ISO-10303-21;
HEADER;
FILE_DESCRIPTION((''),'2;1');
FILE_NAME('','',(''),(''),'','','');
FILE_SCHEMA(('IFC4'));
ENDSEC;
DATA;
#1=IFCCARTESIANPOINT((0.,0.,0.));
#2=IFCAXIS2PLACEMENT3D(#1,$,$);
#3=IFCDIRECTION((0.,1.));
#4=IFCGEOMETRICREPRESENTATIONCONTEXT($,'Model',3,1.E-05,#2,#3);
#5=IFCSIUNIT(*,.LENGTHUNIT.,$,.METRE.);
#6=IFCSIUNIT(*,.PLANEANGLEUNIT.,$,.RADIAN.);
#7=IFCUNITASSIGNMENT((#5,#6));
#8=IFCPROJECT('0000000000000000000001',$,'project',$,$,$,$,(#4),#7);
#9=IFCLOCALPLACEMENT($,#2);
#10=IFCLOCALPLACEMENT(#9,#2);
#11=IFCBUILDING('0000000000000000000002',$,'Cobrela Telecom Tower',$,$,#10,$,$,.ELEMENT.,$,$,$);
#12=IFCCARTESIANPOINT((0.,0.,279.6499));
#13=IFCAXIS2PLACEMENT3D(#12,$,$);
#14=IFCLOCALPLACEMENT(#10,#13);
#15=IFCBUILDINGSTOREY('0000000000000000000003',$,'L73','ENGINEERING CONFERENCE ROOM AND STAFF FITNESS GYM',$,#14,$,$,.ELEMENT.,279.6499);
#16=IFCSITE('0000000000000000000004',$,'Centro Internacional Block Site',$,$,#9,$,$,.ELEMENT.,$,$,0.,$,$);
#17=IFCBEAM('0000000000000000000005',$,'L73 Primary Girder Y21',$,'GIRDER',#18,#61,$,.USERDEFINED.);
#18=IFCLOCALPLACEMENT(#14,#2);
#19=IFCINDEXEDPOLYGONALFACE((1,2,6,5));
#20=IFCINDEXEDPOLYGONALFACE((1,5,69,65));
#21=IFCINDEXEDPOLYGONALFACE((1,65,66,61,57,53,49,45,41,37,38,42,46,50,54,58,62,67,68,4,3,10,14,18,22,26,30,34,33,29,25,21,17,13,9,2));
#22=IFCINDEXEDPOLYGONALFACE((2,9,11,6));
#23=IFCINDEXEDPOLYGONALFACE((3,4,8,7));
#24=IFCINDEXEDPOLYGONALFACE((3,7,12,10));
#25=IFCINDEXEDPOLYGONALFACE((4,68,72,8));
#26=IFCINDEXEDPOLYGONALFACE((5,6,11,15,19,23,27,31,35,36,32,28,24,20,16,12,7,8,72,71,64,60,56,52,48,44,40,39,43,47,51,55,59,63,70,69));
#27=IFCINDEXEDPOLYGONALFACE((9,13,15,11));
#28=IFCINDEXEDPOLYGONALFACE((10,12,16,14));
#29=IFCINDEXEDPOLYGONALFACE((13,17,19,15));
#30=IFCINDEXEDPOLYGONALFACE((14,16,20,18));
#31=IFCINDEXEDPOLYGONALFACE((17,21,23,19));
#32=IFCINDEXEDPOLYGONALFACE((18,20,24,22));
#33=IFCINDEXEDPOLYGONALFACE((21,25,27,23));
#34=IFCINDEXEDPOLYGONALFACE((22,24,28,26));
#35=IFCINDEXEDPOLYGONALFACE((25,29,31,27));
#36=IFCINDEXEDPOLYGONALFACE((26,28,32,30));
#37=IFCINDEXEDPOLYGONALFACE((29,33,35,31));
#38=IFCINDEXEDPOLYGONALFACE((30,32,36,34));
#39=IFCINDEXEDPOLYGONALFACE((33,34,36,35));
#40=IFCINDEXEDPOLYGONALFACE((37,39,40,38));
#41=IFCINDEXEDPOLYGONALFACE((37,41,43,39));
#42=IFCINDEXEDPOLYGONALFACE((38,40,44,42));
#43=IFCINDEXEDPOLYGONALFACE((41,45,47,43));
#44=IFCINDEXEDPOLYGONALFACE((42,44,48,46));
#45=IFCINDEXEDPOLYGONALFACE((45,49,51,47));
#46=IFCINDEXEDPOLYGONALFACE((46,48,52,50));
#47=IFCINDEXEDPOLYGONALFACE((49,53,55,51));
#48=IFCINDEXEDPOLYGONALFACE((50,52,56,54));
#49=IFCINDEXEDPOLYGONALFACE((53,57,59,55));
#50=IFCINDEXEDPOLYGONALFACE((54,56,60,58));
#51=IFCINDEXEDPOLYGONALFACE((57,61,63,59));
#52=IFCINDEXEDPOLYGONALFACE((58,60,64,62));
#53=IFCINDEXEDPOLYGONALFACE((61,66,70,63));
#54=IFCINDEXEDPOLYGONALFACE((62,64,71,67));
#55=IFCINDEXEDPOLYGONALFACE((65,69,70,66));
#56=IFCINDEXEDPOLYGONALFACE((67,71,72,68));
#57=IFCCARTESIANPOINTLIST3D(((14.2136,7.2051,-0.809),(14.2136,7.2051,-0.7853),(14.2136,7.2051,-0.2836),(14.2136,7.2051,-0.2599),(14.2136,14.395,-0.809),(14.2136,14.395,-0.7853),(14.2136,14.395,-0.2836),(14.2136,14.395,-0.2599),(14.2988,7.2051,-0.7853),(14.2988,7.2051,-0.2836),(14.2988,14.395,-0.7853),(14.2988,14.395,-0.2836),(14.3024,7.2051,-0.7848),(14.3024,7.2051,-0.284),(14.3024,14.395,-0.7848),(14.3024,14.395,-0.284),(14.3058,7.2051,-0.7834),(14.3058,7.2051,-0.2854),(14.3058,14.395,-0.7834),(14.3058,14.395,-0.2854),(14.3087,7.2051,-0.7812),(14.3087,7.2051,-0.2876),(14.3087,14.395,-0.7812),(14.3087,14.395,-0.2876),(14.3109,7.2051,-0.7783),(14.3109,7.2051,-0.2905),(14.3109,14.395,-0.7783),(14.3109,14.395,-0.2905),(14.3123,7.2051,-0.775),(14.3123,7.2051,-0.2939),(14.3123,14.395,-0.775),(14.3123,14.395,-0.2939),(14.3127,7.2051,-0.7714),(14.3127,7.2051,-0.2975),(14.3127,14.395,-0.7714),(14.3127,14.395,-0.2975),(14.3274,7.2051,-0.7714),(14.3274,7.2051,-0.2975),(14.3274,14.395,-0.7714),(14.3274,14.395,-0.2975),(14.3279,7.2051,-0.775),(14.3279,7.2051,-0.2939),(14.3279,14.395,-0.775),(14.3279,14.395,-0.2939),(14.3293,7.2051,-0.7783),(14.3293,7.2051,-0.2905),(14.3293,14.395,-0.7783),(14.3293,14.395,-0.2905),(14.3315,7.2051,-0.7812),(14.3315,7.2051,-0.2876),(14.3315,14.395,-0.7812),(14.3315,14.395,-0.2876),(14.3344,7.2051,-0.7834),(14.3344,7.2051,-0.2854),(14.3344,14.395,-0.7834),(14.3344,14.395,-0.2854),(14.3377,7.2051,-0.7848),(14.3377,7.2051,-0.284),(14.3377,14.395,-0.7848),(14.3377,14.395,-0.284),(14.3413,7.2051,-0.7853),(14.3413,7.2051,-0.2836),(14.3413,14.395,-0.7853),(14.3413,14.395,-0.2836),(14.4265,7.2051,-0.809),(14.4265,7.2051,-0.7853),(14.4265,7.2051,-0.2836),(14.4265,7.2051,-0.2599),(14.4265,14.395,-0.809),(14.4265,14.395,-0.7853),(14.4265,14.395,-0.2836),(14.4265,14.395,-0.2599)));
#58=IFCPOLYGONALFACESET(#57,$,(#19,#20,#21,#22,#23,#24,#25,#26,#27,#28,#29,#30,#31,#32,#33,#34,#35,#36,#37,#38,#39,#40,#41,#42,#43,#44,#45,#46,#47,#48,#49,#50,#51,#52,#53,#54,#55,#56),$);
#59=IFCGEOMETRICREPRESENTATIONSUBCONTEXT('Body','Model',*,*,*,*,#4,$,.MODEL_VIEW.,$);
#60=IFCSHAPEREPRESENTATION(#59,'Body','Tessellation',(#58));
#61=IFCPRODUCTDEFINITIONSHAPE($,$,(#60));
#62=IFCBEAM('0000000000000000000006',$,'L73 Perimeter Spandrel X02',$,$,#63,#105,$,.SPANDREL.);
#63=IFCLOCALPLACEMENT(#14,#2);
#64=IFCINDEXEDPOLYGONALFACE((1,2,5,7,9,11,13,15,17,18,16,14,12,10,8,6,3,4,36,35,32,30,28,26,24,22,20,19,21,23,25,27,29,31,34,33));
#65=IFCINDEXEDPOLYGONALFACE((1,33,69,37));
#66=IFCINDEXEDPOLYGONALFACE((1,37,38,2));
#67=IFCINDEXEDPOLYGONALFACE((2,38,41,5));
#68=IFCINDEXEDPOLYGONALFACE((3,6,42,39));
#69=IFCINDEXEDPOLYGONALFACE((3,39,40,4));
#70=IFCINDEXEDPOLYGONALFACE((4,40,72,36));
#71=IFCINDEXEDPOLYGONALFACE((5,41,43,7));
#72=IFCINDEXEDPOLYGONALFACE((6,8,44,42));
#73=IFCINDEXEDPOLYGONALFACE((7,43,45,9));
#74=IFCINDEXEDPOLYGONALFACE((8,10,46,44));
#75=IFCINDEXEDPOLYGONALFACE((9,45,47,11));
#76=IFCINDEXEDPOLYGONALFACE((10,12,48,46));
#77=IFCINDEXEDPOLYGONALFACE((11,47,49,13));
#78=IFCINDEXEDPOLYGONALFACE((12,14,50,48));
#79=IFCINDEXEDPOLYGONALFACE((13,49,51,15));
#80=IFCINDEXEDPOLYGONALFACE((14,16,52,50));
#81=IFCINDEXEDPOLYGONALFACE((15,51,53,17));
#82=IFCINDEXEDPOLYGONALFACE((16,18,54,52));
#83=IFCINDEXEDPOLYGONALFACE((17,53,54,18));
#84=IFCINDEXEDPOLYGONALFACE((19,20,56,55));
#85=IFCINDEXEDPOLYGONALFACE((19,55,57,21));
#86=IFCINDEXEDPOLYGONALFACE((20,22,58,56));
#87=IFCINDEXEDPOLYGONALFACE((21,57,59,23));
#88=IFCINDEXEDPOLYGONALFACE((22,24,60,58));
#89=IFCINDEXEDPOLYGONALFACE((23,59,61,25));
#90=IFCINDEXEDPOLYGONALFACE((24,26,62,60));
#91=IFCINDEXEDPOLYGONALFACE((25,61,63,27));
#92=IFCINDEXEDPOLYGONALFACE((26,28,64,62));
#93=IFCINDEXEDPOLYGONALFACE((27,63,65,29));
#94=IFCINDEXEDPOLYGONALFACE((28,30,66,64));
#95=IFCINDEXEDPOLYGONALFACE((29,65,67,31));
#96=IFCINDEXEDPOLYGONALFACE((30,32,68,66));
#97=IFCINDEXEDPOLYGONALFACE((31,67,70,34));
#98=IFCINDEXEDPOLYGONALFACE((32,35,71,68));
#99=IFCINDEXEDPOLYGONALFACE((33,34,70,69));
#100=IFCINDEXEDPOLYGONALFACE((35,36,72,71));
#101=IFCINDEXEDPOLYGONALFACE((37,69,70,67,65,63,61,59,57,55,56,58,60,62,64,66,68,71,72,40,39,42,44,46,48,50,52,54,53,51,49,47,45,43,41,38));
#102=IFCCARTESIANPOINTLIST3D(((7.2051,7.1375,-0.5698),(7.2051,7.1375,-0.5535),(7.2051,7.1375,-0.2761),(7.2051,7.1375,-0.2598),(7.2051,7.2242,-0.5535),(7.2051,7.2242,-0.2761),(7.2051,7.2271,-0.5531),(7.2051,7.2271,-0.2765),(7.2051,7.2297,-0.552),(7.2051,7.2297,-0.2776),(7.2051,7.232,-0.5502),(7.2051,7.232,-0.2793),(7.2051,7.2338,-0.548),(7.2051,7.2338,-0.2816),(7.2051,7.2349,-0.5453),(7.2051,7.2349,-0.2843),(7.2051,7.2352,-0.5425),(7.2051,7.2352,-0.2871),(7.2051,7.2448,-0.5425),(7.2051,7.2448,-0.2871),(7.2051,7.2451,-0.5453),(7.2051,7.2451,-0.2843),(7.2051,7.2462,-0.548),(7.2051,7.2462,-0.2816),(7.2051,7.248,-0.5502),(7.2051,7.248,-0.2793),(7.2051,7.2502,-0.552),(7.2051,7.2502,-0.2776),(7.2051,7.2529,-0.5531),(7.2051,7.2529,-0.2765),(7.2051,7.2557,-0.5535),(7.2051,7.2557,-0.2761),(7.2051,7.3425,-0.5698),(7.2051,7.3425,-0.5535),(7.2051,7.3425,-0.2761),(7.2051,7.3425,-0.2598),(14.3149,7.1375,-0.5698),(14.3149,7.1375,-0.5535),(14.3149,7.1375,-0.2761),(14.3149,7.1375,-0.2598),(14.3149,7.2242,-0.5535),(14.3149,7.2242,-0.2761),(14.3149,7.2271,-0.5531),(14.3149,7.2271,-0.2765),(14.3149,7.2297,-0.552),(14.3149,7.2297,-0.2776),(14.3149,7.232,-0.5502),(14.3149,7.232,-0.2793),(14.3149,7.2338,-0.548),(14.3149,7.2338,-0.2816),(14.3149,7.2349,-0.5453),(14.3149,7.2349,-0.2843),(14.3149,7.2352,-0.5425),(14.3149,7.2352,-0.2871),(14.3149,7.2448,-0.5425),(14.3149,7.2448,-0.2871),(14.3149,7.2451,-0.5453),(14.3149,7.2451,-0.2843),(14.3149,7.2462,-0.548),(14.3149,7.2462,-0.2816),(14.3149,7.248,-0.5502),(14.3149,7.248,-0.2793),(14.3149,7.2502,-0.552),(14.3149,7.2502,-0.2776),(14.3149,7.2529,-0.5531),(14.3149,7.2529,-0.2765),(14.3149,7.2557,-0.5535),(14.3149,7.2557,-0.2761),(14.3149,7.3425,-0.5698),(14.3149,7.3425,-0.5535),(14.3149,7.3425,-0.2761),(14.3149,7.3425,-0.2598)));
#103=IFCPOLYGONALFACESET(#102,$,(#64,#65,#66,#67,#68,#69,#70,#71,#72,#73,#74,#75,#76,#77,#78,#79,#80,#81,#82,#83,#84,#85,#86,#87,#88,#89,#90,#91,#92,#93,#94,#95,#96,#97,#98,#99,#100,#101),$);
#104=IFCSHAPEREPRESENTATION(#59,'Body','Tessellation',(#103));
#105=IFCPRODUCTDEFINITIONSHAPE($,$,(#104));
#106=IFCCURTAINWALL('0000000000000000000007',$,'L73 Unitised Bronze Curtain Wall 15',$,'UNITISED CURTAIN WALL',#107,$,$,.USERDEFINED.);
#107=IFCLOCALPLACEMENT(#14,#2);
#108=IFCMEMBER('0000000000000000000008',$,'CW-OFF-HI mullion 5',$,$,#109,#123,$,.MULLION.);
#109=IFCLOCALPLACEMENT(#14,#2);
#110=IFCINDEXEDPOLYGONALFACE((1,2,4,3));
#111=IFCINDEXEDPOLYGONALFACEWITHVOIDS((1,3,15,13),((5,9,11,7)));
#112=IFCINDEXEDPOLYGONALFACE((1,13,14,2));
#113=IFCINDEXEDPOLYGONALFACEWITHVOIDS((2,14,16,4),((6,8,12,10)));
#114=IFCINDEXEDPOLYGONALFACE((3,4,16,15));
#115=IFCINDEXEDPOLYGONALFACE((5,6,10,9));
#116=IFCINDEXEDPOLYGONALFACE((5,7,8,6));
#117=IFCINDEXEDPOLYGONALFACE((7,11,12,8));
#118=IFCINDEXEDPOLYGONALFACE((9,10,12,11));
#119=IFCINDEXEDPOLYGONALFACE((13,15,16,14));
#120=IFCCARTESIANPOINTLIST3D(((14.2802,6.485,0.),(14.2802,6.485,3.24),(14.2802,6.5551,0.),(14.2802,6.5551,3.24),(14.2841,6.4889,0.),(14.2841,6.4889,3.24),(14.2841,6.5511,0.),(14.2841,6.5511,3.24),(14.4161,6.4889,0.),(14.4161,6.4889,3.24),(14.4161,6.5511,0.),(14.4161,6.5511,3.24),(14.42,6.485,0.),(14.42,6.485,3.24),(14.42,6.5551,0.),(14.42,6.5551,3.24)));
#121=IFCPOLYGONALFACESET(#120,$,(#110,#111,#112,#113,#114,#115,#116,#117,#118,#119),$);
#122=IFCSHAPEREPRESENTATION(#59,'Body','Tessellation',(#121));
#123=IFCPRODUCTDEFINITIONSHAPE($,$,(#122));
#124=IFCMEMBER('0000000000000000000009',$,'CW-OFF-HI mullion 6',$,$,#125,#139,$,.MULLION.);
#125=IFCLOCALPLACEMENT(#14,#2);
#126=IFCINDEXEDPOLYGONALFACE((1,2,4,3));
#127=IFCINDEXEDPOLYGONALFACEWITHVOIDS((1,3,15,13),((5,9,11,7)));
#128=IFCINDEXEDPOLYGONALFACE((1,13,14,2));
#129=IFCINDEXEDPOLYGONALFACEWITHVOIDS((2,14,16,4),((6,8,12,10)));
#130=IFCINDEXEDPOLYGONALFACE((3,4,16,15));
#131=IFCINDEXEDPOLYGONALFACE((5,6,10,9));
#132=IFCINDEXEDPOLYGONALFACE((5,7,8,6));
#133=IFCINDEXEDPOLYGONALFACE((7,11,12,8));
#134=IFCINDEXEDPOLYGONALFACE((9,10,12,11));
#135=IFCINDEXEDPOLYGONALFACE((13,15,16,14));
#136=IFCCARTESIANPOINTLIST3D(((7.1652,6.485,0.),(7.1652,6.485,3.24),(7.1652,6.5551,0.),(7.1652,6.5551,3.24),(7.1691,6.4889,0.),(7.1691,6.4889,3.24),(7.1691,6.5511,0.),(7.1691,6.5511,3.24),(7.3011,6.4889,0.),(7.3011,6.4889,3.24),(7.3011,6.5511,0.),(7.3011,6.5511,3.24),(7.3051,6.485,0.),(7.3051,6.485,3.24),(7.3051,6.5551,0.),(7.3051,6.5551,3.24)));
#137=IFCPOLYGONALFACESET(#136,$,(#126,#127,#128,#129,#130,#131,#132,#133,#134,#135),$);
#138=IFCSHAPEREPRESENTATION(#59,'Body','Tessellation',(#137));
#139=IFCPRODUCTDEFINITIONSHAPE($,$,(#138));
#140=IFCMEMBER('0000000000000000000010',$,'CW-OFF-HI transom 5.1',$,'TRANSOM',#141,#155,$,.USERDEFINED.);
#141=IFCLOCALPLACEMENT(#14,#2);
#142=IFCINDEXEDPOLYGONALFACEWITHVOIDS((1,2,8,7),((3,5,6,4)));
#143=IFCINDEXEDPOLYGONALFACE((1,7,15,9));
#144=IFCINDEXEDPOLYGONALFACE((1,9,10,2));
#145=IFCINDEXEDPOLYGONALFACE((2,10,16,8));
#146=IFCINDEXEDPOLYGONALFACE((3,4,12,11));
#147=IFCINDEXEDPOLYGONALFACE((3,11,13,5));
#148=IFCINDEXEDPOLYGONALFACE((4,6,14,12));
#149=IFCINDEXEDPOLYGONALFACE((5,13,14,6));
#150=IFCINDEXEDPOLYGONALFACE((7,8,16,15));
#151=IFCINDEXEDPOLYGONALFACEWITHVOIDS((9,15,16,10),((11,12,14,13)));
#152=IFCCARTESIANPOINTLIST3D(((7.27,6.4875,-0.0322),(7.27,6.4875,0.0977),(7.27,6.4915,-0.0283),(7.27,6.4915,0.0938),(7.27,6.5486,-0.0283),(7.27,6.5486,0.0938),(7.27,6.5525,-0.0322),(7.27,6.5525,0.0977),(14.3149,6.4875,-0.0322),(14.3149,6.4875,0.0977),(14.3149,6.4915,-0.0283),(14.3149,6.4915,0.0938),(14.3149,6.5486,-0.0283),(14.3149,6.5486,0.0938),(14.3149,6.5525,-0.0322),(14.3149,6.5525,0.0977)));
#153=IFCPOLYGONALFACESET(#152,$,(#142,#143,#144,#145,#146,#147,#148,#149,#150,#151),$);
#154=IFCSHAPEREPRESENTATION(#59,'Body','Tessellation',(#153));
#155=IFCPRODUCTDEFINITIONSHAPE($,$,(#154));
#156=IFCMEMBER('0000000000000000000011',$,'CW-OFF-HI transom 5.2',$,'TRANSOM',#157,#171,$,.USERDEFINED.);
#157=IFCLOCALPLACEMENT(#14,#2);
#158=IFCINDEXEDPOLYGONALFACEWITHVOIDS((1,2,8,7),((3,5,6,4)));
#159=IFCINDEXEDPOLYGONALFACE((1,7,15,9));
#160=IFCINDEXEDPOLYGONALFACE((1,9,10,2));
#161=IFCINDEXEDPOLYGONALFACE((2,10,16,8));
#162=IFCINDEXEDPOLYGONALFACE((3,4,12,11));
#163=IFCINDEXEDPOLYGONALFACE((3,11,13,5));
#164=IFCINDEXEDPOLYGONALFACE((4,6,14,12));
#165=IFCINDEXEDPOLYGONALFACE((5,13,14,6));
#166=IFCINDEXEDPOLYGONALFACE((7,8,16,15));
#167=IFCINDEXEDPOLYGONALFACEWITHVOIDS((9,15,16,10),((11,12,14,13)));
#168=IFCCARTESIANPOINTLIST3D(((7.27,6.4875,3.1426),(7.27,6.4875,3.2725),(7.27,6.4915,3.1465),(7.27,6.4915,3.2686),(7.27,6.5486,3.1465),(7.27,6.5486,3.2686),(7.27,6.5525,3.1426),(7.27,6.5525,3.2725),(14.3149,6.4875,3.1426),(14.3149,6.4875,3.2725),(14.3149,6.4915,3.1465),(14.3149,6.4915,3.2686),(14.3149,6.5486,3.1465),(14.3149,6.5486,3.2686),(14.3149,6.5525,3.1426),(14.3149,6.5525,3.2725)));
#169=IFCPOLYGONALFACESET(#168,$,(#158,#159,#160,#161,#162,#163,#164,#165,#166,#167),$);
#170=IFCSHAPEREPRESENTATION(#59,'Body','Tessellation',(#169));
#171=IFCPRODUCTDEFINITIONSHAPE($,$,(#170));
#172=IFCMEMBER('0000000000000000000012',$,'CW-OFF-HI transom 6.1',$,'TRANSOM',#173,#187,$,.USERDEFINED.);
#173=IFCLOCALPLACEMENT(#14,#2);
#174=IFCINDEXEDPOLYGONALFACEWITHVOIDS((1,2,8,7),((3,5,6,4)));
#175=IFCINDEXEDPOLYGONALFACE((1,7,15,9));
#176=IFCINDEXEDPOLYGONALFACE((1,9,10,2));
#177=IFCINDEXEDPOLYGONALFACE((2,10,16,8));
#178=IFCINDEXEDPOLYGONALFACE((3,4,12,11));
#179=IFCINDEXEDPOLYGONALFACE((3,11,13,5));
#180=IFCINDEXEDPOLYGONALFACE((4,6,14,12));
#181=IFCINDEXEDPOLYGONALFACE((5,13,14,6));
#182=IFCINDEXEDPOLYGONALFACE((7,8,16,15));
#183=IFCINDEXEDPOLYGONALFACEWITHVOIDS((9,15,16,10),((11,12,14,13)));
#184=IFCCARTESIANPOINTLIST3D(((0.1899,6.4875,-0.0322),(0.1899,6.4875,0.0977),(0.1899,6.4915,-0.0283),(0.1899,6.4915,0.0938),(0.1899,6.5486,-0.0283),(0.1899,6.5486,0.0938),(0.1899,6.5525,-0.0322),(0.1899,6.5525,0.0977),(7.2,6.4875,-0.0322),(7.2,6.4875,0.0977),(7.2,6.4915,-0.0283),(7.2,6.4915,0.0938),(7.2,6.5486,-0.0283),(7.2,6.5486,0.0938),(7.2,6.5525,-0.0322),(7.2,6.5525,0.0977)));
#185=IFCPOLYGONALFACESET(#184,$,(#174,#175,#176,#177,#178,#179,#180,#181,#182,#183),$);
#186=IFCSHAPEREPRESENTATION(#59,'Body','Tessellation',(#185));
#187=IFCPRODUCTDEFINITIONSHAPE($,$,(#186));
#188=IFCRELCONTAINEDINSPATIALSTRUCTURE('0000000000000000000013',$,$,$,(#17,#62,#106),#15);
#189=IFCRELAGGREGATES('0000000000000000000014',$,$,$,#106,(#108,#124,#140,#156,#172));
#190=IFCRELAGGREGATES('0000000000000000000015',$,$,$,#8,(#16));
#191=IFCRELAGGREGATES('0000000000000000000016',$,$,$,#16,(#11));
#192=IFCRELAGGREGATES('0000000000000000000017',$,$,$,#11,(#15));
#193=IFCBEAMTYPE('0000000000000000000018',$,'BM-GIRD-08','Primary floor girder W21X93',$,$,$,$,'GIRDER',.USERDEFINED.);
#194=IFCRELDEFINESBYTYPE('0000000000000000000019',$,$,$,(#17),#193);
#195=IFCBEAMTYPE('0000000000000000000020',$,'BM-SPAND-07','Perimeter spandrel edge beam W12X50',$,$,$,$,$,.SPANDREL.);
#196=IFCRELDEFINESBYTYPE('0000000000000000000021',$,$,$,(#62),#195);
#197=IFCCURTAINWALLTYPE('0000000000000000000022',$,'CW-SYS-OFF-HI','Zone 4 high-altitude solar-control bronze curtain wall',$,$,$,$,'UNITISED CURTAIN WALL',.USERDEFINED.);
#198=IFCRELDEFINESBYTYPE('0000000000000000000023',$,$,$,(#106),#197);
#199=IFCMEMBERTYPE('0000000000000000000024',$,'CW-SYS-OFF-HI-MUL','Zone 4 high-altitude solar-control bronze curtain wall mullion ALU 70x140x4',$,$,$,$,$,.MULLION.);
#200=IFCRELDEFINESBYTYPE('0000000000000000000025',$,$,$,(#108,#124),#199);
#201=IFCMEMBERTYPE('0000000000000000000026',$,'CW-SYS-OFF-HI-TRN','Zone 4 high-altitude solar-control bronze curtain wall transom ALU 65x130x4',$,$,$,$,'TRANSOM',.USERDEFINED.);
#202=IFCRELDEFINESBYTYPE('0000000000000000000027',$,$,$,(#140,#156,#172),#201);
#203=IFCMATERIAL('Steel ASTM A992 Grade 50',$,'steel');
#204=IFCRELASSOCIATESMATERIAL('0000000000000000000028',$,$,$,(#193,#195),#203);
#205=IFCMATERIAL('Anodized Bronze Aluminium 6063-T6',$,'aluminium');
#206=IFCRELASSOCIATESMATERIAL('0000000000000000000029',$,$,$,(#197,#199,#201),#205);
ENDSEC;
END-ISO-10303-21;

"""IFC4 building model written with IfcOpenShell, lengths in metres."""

from ifc_helpers import new_model, si_unit, direction, frame, origin, origin_2d, place, context, subcontext, project, spatial, hollow_rectangle, i_section, extrude, material, material_profile, profile_set, type_object, element, aggregate, save


model = new_model("IFC4")

# Units and contexts
model_context = context("Model", 3, precision=1e-05, world=origin(), true_north=direction((0.0, 1.0)))
body_context = subcontext(model_context, "Body", "Model", "MODEL_VIEW")
ifc_project = project(units=[si_unit("LENGTHUNIT", "METRE"), si_unit("PLANEANGLEUNIT", "RADIAN")], contexts=[model_context])

# Site, building, storey
site_placement = place(None, origin())
site = spatial("IfcSite", under=ifc_project, at=site_placement, Name="Centro Internacional Block Site", CompositionType="ELEMENT", RefElevation=0.0)
building_placement = place(site_placement, origin())
building = spatial("IfcBuilding", under=site, at=building_placement, Name="Cobrela Telecom Tower", CompositionType="ELEMENT")
storey_placement = place(building_placement, frame((0.0, 0.0, 279.6499)))
storey = spatial("IfcBuildingStorey", under=building, at=storey_placement, Name="L73", Description="ENGINEERING CONFERENCE ROOM AND STAFF FITNESS GYM", CompositionType="ELEMENT", Elevation=279.6499)

# Beams
ifc_material_1 = material(Name="Steel ASTM A992 Grade 50", Category="steel")
ifc_material_profile_1 = material_profile(ifc_material_1, i_section(OverallWidth=0.2129, OverallDepth=0.5491, WebThickness=0.0146, FlangeThickness=0.0237, FilletRadius=0.0139, at=origin_2d()), Name="W21X93")
ifc_profile_set_1 = profile_set([ifc_material_profile_1], Name="Steel ASTM A992 Grade 50")
beam_type_1 = type_object("IfcBeamType", Name="BM-GIRD-08", Description="Primary floor girder W21X93", ElementType="GIRDER", PredefinedType="USERDEFINED", material=ifc_profile_set_1)
beam_1_placement = place(storey_placement, frame((14.3201, 7.2051, -0.5344), z_axis=(0.0, 1.0, 0.0), x_axis=(-1.0, 0.0, 0.0)))
element("IfcBeam", 1, at=beam_1_placement, inside=storey, type_object=beam_type_1, Name="L73 Primary Girder Y21", ObjectType="GIRDER", PredefinedType="USERDEFINED", context=body_context, shape_type="SweptSolid", body=[
    extrude(i_section(OverallWidth=0.2129, OverallDepth=0.5491, WebThickness=0.0146, FlangeThickness=0.0237, FilletRadius=0.0139, at=origin_2d()), origin(), (0.0, 0.0, 1.0), 7.1899),
])
ifc_material_profile_2 = material_profile(ifc_material_1, i_section(OverallWidth=0.2051, OverallDepth=0.3101, WebThickness=0.0095, FlangeThickness=0.0164, FilletRadius=0.011, at=origin_2d()), Name="W12X50")
ifc_profile_set_2 = profile_set([ifc_material_profile_2], Name="Steel ASTM A992 Grade 50")
beam_type_2 = type_object("IfcBeamType", Name="BM-SPAND-07", Description="Perimeter spandrel edge beam W12X50", PredefinedType="SPANDREL", material=ifc_profile_set_2)
beam_2_placement = place(storey_placement, frame((7.2051, 7.24, -0.4148), z_axis=(1.0, 0.0, 0.0), x_axis=(0.0, 1.0, 0.0)))
element("IfcBeam", 2, at=beam_2_placement, inside=storey, type_object=beam_type_2, Name="L73 Perimeter Spandrel X02", PredefinedType="SPANDREL", context=body_context, shape_type="SweptSolid", body=[
    extrude(i_section(OverallWidth=0.2051, OverallDepth=0.3101, WebThickness=0.0095, FlangeThickness=0.0164, FilletRadius=0.011, at=origin_2d()), origin(), (0.0, 0.0, 1.0), 7.1099),
])

# Curtain wall, members
ifc_material_2 = material(Name="Anodized Bronze Aluminium 6063-T6", Category="aluminium")
curtain_wall_type = type_object("IfcCurtainWallType", Name="CW-SYS-OFF-HI", Description="Zone 4 high-altitude solar-control bronze curtain wall", ElementType="UNITISED CURTAIN WALL", PredefinedType="USERDEFINED", material=ifc_material_2)
curtain_wall_placement = place(storey_placement, origin())
curtain_wall = element("IfcCurtainWall", 3, at=curtain_wall_placement, inside=storey, type_object=curtain_wall_type, Name="L73 Unitised Bronze Curtain Wall 15", ObjectType="UNITISED CURTAIN WALL", PredefinedType="USERDEFINED")
ifc_material_profile_3 = material_profile(ifc_material_2, hollow_rectangle(XDim=0.0701, YDim=0.1399, WallThickness=0.0039, at=origin_2d()), Name="ALU 70x140x4")
ifc_profile_set_3 = profile_set([ifc_material_profile_3], Name="Anodized Bronze Aluminium 6063-T6")
member_type_1 = type_object("IfcMemberType", Name="CW-SYS-OFF-HI-MUL", Description="Zone 4 high-altitude solar-control bronze curtain wall mullion ALU 70x140x4", PredefinedType="MULLION", material=ifc_profile_set_3)
member_1_placement = place(storey_placement, frame((14.3501, 6.52, 0.0), z_axis=(0.0, 0.0, 1.0), x_axis=(0.0, -1.0, 0.0)))
member_1 = element("IfcMember", 4, at=member_1_placement, type_object=member_type_1, Name="CW-OFF-HI mullion 5", PredefinedType="MULLION", context=body_context, shape_type="SweptSolid", body=[
    extrude(hollow_rectangle(XDim=0.0701, YDim=0.1399, WallThickness=0.0039, at=origin_2d()), origin(), (0.0, 0.0, 1.0), 3.24),
])
member_2_placement = place(storey_placement, frame((7.2351, 6.52, 0.0), z_axis=(0.0, 0.0, 1.0), x_axis=(0.0, -1.0, 0.0)))
member_2 = element("IfcMember", 5, at=member_2_placement, type_object=member_type_1, Name="CW-OFF-HI mullion 6", PredefinedType="MULLION", context=body_context, shape_type="SweptSolid", body=[
    extrude(hollow_rectangle(XDim=0.0701, YDim=0.1399, WallThickness=0.0039, at=origin_2d()), origin(), (0.0, 0.0, 1.0), 3.24),
])
ifc_material_profile_4 = material_profile(ifc_material_2, hollow_rectangle(XDim=0.0649, YDim=0.1299, WallThickness=0.0039, at=origin_2d()), Name="ALU 65x130x4")
ifc_profile_set_4 = profile_set([ifc_material_profile_4], Name="Anodized Bronze Aluminium 6063-T6")
member_type_2 = type_object("IfcMemberType", Name="CW-SYS-OFF-HI-TRN", Description="Zone 4 high-altitude solar-control bronze curtain wall transom ALU 65x130x4", ElementType="TRANSOM", PredefinedType="USERDEFINED", material=ifc_profile_set_4)
member_3_placement = place(storey_placement, frame((14.3149, 6.52, 0.0327), z_axis=(-1.0, 0.0, 0.0), x_axis=(0.0, -1.0, 0.0)))
member_3 = element("IfcMember", 6, at=member_3_placement, type_object=member_type_2, Name="CW-OFF-HI transom 5.1", ObjectType="TRANSOM", PredefinedType="USERDEFINED", context=body_context, shape_type="SweptSolid", body=[
    extrude(hollow_rectangle(XDim=0.0649, YDim=0.1299, WallThickness=0.0039, at=origin_2d()), origin(), (0.0, 0.0, 1.0), 7.0449),
])
member_4_placement = place(storey_placement, frame((14.3149, 6.52, 3.2075), z_axis=(-1.0, 0.0, 0.0), x_axis=(0.0, -1.0, 0.0)))
member_4 = element("IfcMember", 7, at=member_4_placement, type_object=member_type_2, Name="CW-OFF-HI transom 5.2", ObjectType="TRANSOM", PredefinedType="USERDEFINED", context=body_context, shape_type="SweptSolid", body=[
    extrude(hollow_rectangle(XDim=0.0649, YDim=0.1299, WallThickness=0.0039, at=origin_2d()), origin(), (0.0, 0.0, 1.0), 7.0449),
])
member_5_placement = place(storey_placement, frame((7.2, 6.52, 0.0327), z_axis=(-1.0, 0.0, 0.0), x_axis=(0.0, -1.0, 0.0)))
member_5 = element("IfcMember", 8, at=member_5_placement, type_object=member_type_2, Name="CW-OFF-HI transom 6.1", ObjectType="TRANSOM", PredefinedType="USERDEFINED", context=body_context, shape_type="SweptSolid", body=[
    extrude(hollow_rectangle(XDim=0.0649, YDim=0.1299, WallThickness=0.0039, at=origin_2d()), origin(), (0.0, 0.0, 1.0), 7.01),
])
aggregate(curtain_wall, [member_1, member_2, member_3, member_4, member_5])

save(model, "model.ifc")
